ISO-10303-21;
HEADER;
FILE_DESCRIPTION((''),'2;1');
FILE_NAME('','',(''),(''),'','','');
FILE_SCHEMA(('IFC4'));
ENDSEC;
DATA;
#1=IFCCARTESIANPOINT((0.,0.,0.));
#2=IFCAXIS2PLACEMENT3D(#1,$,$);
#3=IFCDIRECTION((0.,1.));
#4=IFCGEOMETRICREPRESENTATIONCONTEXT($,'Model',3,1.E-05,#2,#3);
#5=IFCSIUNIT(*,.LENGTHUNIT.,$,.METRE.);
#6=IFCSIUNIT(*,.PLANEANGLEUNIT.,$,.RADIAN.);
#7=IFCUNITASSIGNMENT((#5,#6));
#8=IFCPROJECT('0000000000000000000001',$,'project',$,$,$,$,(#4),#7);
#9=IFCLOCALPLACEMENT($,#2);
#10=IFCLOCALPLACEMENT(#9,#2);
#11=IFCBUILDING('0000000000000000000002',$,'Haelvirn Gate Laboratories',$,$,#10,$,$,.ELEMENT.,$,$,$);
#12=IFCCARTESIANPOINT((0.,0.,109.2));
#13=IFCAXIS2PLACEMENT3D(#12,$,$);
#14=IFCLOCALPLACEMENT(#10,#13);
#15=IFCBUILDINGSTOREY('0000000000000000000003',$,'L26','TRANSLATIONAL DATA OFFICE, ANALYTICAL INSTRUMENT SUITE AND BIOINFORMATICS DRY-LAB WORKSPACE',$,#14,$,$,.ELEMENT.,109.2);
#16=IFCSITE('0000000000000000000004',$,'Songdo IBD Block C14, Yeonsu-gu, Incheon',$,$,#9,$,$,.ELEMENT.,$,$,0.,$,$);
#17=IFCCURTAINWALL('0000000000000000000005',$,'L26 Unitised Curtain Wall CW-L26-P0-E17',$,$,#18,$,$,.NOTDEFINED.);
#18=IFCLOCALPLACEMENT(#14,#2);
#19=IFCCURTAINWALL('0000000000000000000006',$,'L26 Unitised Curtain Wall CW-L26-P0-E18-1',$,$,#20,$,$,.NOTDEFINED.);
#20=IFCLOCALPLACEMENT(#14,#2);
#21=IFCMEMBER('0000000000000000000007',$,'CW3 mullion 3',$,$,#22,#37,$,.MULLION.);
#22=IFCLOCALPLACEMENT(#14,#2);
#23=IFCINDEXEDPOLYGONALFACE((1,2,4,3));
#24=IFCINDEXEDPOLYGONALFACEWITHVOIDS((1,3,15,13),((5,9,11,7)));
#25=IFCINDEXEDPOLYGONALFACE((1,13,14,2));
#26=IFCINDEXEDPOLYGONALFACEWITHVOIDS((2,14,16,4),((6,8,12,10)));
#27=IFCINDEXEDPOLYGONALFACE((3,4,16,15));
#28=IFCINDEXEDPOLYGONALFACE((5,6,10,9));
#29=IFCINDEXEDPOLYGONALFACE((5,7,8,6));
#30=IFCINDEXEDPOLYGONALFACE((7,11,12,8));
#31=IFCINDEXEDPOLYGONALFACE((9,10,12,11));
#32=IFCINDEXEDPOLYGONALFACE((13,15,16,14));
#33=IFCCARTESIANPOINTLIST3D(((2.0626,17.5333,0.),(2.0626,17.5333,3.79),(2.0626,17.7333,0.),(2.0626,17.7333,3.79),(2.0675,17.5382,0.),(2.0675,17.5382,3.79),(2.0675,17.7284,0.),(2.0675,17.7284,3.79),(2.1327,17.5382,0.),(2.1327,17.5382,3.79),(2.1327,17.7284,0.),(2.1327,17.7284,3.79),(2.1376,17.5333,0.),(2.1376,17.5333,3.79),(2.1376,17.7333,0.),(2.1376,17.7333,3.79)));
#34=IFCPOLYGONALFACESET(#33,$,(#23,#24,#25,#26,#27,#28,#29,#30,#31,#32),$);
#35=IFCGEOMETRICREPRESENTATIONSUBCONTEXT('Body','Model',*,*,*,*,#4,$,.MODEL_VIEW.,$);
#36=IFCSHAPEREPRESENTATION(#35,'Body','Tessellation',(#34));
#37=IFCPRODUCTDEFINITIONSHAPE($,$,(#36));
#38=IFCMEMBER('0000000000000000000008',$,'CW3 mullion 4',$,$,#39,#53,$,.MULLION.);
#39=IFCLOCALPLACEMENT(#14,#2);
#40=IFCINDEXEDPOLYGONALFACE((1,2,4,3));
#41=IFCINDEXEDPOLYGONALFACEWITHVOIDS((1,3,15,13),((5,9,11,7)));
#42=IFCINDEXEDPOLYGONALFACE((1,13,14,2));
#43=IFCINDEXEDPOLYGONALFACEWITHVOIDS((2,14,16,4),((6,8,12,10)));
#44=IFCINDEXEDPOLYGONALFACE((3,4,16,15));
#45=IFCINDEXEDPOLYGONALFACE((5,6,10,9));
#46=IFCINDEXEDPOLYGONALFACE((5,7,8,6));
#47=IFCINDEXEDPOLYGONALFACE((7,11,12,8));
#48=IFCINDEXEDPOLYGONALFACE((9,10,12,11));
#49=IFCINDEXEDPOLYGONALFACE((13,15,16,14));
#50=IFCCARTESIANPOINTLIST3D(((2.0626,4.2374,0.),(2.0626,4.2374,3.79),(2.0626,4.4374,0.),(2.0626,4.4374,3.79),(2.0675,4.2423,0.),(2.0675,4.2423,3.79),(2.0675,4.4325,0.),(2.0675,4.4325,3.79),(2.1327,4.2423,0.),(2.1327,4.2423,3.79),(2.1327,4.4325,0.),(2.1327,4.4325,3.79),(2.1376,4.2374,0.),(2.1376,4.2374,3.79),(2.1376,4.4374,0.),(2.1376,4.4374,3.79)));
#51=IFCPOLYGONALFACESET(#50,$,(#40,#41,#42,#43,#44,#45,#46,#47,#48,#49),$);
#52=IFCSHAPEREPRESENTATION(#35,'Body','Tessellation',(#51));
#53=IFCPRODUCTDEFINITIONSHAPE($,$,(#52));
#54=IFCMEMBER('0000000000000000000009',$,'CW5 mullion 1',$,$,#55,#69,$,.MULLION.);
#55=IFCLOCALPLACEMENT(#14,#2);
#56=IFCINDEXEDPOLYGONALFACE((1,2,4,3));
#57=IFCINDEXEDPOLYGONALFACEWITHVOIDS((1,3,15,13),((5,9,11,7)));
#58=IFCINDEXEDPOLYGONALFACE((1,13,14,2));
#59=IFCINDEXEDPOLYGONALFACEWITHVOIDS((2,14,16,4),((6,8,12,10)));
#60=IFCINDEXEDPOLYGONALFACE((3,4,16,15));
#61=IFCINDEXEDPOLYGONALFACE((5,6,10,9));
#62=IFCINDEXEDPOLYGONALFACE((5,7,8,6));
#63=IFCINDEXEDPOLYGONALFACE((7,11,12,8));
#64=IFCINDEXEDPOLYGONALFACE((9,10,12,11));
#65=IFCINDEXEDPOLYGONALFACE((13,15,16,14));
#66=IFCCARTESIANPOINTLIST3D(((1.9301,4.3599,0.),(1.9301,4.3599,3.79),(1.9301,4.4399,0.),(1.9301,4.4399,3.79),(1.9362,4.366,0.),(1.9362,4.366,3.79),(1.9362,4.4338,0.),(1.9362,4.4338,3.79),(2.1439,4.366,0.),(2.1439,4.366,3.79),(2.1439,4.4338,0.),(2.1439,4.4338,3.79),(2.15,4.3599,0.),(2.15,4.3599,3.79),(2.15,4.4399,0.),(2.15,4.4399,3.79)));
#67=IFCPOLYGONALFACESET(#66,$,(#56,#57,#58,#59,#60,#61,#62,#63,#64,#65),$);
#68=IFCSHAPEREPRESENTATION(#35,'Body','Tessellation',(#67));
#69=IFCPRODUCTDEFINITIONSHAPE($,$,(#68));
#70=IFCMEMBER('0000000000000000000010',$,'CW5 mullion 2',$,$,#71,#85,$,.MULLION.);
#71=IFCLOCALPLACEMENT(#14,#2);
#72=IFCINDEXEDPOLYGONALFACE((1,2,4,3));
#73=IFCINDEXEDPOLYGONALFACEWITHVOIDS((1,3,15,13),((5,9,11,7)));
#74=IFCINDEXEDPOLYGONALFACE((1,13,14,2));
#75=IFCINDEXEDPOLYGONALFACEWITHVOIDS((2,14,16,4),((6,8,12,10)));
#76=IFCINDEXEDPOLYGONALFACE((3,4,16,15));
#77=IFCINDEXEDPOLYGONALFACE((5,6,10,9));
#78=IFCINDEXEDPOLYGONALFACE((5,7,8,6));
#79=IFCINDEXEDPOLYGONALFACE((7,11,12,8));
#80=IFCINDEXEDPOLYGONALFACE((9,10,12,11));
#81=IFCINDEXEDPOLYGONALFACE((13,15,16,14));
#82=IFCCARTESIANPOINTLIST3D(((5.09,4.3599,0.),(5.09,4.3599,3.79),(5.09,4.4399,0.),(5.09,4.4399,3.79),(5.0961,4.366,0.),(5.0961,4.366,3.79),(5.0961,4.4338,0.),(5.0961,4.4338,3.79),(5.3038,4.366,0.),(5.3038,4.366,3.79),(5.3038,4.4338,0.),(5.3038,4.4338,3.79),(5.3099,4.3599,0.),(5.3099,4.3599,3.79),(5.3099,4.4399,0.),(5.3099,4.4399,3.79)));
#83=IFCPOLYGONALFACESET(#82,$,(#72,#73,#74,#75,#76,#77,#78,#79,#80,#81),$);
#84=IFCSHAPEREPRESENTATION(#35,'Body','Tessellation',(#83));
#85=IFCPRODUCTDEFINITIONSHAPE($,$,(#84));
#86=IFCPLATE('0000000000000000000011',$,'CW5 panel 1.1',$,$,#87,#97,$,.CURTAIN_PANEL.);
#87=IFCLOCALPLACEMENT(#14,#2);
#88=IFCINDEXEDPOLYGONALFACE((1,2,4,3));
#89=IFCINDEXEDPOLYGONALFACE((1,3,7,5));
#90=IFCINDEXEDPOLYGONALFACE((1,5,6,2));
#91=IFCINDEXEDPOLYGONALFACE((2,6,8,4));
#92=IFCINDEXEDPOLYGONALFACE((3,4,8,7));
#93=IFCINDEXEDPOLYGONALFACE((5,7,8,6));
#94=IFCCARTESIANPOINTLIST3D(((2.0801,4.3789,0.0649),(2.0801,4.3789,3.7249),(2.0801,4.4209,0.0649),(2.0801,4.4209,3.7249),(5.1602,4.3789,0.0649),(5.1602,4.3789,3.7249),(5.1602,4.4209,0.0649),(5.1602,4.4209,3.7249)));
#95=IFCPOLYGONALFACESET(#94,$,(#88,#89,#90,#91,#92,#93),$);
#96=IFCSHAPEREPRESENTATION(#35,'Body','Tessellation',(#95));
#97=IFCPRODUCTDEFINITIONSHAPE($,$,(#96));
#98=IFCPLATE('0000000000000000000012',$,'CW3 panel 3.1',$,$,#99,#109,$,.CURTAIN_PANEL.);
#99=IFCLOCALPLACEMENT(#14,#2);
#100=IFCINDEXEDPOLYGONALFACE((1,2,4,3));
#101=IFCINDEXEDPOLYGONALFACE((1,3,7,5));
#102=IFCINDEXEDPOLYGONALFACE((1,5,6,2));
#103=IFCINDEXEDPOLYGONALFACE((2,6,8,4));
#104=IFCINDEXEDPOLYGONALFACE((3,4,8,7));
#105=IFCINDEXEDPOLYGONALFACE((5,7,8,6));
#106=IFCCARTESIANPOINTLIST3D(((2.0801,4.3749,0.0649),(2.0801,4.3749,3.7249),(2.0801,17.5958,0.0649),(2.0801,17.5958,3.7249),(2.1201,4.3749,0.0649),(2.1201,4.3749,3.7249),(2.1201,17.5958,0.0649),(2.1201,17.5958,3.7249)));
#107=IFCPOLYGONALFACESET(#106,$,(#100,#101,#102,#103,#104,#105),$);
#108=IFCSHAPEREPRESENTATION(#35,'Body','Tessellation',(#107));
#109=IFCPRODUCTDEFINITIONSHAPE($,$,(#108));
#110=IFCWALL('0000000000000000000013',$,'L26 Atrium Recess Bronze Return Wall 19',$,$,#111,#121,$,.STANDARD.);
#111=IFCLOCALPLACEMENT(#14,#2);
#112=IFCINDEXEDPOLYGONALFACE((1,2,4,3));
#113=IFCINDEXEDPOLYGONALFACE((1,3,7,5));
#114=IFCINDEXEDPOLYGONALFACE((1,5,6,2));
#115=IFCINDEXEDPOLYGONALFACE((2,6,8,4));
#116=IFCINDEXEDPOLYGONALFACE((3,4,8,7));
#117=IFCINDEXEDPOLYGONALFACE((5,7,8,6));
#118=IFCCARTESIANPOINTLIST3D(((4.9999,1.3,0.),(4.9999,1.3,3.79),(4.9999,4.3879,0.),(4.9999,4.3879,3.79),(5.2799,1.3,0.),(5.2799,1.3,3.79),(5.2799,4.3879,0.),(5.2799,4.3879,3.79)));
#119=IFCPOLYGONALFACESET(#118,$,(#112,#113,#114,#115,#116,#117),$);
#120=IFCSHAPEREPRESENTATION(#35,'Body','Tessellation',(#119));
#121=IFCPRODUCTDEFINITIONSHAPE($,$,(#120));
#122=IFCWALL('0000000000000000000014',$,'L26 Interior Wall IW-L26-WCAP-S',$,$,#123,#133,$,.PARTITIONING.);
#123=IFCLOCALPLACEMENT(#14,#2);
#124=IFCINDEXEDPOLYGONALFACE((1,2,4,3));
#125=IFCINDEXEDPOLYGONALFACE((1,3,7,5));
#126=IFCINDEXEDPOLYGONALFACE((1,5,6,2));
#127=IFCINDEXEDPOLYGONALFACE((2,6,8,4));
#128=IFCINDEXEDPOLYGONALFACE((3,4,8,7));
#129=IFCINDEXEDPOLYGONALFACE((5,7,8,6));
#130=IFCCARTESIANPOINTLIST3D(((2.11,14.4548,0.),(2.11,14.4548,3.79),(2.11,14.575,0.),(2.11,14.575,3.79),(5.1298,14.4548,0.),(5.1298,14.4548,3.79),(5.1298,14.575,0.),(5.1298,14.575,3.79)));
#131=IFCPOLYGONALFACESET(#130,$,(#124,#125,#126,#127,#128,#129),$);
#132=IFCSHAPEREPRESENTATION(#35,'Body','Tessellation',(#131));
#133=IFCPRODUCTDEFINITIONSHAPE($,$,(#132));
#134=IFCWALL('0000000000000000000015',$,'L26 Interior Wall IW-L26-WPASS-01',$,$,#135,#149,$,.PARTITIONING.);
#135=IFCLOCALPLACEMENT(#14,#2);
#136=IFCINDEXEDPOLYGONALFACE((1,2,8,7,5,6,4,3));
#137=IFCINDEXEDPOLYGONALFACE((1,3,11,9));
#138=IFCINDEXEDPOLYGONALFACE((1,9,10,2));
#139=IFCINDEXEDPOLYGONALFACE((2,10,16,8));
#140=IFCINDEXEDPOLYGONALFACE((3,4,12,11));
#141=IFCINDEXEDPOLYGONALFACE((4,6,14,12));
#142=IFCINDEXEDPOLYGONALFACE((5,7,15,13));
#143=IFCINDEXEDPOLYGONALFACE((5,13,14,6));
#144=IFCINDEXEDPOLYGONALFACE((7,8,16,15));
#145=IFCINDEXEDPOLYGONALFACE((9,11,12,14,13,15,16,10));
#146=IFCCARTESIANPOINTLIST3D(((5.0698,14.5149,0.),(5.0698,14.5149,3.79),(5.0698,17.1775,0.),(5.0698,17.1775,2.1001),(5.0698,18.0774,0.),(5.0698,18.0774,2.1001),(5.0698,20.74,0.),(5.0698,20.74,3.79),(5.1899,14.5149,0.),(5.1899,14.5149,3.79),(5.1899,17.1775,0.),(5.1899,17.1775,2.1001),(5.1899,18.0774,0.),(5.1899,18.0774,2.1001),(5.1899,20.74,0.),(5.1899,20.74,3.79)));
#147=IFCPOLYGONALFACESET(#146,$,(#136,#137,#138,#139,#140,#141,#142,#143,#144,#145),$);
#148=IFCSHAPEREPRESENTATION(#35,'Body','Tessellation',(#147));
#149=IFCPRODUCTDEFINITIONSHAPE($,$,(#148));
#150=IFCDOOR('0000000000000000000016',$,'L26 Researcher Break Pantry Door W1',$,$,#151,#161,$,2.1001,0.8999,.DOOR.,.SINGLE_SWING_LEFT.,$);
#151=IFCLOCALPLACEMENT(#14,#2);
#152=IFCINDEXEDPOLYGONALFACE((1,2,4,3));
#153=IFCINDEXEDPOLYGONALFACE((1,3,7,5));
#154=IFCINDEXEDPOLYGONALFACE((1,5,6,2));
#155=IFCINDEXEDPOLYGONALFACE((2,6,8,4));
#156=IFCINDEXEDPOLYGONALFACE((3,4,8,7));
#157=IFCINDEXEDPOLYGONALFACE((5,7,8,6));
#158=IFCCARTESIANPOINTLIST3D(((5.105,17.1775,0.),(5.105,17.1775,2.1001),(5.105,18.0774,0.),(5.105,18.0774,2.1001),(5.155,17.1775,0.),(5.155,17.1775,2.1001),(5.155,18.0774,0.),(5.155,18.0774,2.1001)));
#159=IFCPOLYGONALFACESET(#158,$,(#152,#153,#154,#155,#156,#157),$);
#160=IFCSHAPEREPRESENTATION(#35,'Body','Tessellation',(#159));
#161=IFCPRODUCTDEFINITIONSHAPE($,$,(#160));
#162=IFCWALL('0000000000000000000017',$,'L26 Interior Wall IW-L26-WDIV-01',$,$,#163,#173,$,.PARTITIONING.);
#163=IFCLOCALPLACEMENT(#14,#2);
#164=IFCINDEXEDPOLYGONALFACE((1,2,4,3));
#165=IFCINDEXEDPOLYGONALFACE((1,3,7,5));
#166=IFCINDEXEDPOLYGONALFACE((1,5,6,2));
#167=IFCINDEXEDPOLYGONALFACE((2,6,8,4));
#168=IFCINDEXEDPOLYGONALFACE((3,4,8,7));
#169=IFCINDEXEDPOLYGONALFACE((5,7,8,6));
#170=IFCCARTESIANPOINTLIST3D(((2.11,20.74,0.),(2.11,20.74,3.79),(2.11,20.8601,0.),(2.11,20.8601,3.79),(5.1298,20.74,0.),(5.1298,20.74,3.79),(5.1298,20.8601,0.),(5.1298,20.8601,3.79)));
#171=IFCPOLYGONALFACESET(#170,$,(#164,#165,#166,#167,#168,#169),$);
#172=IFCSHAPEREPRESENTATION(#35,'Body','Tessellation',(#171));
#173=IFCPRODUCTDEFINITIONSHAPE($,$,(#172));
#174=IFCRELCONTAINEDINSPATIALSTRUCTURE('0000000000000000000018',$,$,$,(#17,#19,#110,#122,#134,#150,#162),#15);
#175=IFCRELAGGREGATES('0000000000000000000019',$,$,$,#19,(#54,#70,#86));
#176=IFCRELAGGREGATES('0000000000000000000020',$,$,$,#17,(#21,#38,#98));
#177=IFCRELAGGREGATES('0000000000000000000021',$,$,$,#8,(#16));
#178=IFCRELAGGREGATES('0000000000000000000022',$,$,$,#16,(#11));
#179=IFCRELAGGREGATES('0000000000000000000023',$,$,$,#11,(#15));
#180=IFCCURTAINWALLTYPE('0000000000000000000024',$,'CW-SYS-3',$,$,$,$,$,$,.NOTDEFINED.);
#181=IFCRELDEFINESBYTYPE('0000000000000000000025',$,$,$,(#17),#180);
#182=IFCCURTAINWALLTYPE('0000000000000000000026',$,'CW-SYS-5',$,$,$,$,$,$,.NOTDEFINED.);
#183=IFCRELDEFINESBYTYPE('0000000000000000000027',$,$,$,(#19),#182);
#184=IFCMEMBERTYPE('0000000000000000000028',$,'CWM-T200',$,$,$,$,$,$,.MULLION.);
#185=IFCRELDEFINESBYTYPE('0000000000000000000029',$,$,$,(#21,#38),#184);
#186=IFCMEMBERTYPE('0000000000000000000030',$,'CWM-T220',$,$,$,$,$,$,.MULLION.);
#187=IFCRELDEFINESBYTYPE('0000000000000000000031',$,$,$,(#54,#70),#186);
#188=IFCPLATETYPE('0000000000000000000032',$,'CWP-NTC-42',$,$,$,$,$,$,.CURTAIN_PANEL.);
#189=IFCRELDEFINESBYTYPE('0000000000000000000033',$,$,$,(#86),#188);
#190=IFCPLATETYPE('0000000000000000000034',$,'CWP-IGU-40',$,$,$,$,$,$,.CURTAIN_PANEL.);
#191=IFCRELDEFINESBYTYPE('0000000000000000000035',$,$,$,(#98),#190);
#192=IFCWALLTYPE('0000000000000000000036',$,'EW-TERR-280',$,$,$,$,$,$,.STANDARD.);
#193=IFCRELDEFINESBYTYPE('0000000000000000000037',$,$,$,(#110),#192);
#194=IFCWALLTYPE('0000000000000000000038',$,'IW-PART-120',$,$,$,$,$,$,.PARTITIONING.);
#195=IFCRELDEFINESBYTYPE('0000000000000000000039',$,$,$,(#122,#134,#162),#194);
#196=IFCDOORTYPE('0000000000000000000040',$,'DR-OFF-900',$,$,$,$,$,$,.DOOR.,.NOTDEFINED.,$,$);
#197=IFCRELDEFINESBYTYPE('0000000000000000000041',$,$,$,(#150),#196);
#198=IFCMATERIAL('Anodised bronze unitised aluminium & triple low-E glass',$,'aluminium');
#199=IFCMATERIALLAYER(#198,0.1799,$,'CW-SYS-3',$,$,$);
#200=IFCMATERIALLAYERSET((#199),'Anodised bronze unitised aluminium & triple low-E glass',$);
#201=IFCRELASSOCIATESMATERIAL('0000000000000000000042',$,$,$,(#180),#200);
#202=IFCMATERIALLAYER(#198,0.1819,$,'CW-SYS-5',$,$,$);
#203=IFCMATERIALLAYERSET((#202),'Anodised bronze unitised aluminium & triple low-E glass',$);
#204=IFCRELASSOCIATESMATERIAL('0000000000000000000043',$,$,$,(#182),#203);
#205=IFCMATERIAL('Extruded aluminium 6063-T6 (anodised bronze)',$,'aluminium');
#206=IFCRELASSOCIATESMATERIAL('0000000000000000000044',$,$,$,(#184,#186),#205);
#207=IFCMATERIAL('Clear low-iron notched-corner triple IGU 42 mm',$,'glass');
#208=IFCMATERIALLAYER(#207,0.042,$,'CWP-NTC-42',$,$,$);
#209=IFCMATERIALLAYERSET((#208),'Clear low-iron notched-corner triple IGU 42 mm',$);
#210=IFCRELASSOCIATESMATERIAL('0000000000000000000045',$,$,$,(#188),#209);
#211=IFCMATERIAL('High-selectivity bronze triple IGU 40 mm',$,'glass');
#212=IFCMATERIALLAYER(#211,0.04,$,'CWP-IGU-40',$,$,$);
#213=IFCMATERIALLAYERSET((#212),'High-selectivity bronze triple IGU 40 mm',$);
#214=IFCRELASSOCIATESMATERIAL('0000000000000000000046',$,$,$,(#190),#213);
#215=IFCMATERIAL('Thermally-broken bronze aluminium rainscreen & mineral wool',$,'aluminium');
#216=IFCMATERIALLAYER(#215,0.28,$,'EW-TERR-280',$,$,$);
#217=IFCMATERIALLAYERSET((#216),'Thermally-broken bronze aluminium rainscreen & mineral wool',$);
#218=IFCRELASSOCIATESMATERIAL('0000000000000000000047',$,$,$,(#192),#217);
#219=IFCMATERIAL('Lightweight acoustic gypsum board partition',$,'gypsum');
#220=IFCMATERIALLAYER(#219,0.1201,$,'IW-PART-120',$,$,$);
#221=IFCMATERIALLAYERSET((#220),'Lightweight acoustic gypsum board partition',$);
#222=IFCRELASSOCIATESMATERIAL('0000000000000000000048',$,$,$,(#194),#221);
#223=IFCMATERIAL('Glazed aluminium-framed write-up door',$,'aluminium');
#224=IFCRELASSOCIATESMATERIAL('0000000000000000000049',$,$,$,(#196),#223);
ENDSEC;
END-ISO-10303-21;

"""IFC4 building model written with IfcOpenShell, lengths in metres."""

from ifc_helpers import new_model, si_unit, direction, frame, frame_2d, origin, origin_2d, place, context, subcontext, project, spatial, rectangle, hollow_rectangle, extrude, source, transform, mapped, material, layer, layer_set, material_profile, profile_set, type_object, type_shapes, element, fill, aggregate, save


model = new_model("IFC4")

# Units and contexts
model_context = context("Model", 3, precision=1e-05, world=origin(), true_north=direction((0.0, 1.0)))
body_context = subcontext(model_context, "Body", "Model", "MODEL_VIEW")
ifc_project = project(units=[si_unit("LENGTHUNIT", "METRE"), si_unit("PLANEANGLEUNIT", "RADIAN")], contexts=[model_context])

# Site, building, storey
site_placement = place(None, origin())
site = spatial("IfcSite", under=ifc_project, at=site_placement, Name="Songdo IBD Block C14, Yeonsu-gu, Incheon", CompositionType="ELEMENT", RefElevation=0.0)
building_placement = place(site_placement, origin())
building = spatial("IfcBuilding", under=site, at=building_placement, Name="Haelvirn Gate Laboratories", CompositionType="ELEMENT")
storey_placement = place(building_placement, frame((0.0, 0.0, 109.2)))
storey = spatial("IfcBuildingStorey", under=building, at=storey_placement, Name="L26", Description="TRANSLATIONAL DATA OFFICE, ANALYTICAL INSTRUMENT SUITE AND BIOINFORMATICS DRY-LAB WORKSPACE", CompositionType="ELEMENT", Elevation=109.2)

# Curtain walls
ifc_material_1 = material(Name="Anodised bronze unitised aluminium & triple low-E glass", Category="aluminium")
ifc_layer_1 = layer(ifc_material_1, 0.1799, Name="CW-SYS-3")
ifc_layer_set_1 = layer_set([ifc_layer_1], Name="Anodised bronze unitised aluminium & triple low-E glass")
curtain_wall_type_1 = type_object("IfcCurtainWallType", Name="CW-SYS-3", PredefinedType="NOTDEFINED", material=ifc_layer_set_1)
curtain_wall_1_placement = place(storey_placement, origin())
curtain_wall_1 = element("IfcCurtainWall", 1, at=curtain_wall_1_placement, inside=storey, type_object=curtain_wall_type_1, Name="L26 Unitised Curtain Wall CW-L26-P0-E17", PredefinedType="NOTDEFINED")
ifc_material_2 = material(Name="Extruded aluminium 6063-T6 (anodised bronze)", Category="aluminium")
ifc_layer_2 = layer(ifc_material_1, 0.1819, Name="CW-SYS-5")
ifc_layer_set_2 = layer_set([ifc_layer_2], Name="Anodised bronze unitised aluminium & triple low-E glass")
curtain_wall_type_2 = type_object("IfcCurtainWallType", Name="CW-SYS-5", PredefinedType="NOTDEFINED", material=ifc_layer_set_2)
curtain_wall_2_placement = place(storey_placement, origin())
curtain_wall_2 = element("IfcCurtainWall", 2, at=curtain_wall_2_placement, inside=storey, type_object=curtain_wall_type_2, Name="L26 Unitised Curtain Wall CW-L26-P0-E18-1", PredefinedType="NOTDEFINED")

# Members
ifc_material_profile_1 = material_profile(ifc_material_2, hollow_rectangle(XDim=0.075, YDim=0.2, WallThickness=0.0049, at=origin_2d()), Name="CWM-200x75x5")
ifc_profile_set_1 = profile_set([ifc_material_profile_1], Name="Extruded aluminium 6063-T6 (anodised bronze)")
member_type_1 = type_object("IfcMemberType", Name="CWM-T200", PredefinedType="MULLION", material=ifc_profile_set_1)
shared_shape_1 = source(origin(), body_context, "Body", "SweptSolid", [
    extrude(hollow_rectangle(XDim=0.075, YDim=0.2, WallThickness=0.0049, at=origin_2d()), origin(), (0.0, 0.0, 1.0), 3.79),
])
type_shapes(member_type_1, [shared_shape_1])
member_1_placement = place(storey_placement, frame((2.1001, 17.6333, 0.0), z_axis=(0.0, 0.0, 1.0), x_axis=(1.0, 0.0, 0.0)))
member_1 = element("IfcMember", 3, at=member_1_placement, type_object=member_type_1, Name="CW3 mullion 3", PredefinedType="MULLION", context=body_context, shape_type="MappedRepresentation", body=[
    mapped(shared_shape_1, transform((0.0, 0.0, 0.0), scale=1.0)),
])
member_2_placement = place(storey_placement, frame((2.1001, 4.3374, 0.0), z_axis=(0.0, 0.0, 1.0), x_axis=(1.0, 0.0, 0.0)))
member_2 = element("IfcMember", 4, at=member_2_placement, type_object=member_type_1, Name="CW3 mullion 4", PredefinedType="MULLION", context=body_context, shape_type="MappedRepresentation", body=[
    mapped(shared_shape_1, transform((0.0, 0.0, 0.0), scale=1.0)),
])
ifc_material_profile_2 = material_profile(ifc_material_2, hollow_rectangle(XDim=0.0801, YDim=0.22, WallThickness=0.0061, at=origin_2d()), Name="CWM-220x80x6")
ifc_profile_set_2 = profile_set([ifc_material_profile_2], Name="Extruded aluminium 6063-T6 (anodised bronze)")
member_type_2 = type_object("IfcMemberType", Name="CWM-T220", PredefinedType="MULLION", material=ifc_profile_set_2)
shared_shape_2 = source(origin(), body_context, "Body", "SweptSolid", [
    extrude(hollow_rectangle(XDim=0.0801, YDim=0.22, WallThickness=0.0061, at=origin_2d()), origin(), (0.0, 0.0, 1.0), 3.79),
])
type_shapes(member_type_2, [shared_shape_2])
member_3_placement = place(storey_placement, frame((2.04, 4.3999, 0.0), z_axis=(0.0, 0.0, 1.0), x_axis=(0.0, 1.0, 0.0)))
member_3 = element("IfcMember", 5, at=member_3_placement, type_object=member_type_2, Name="CW5 mullion 1", PredefinedType="MULLION", context=body_context, shape_type="MappedRepresentation", body=[
    mapped(shared_shape_2, transform((0.0, 0.0, 0.0), scale=1.0)),
])
member_4_placement = place(storey_placement, frame((5.2, 4.3999, 0.0), z_axis=(0.0, 0.0, 1.0), x_axis=(0.0, 1.0, 0.0)))
member_4 = element("IfcMember", 6, at=member_4_placement, type_object=member_type_2, Name="CW5 mullion 2", PredefinedType="MULLION", context=body_context, shape_type="MappedRepresentation", body=[
    mapped(shared_shape_2, transform((0.0, 0.0, 0.0), scale=1.0)),
])

# Plates
ifc_material_3 = material(Name="Clear low-iron notched-corner triple IGU 42 mm", Category="glass")
ifc_layer_3 = layer(ifc_material_3, 0.042, Name="CWP-NTC-42")
ifc_layer_set_3 = layer_set([ifc_layer_3], Name="Clear low-iron notched-corner triple IGU 42 mm")
plate_type_1 = type_object("IfcPlateType", Name="CWP-NTC-42", PredefinedType="CURTAIN_PANEL", material=ifc_layer_set_3)
shared_shape_3 = source(origin(), body_context, "Body", "SweptSolid", [
    extrude(rectangle(XDim=3.0801, YDim=0.042, at=origin_2d()), origin(), (0.0, 0.0, 1.0), 3.6599),
])
type_shapes(plate_type_1, [shared_shape_3])
plate_1_placement = place(storey_placement, frame((3.6201, 4.3999, 0.0649), z_axis=(0.0, 0.0, 1.0), x_axis=(1.0, 0.0, 0.0)))
plate_1 = element("IfcPlate", 7, at=plate_1_placement, type_object=plate_type_1, Name="CW5 panel 1.1", PredefinedType="CURTAIN_PANEL", context=body_context, shape_type="MappedRepresentation", body=[
    mapped(shared_shape_3, transform((0.0, 0.0, 0.0), scale=1.0)),
])
aggregate(curtain_wall_2, [member_3, member_4, plate_1])
ifc_material_4 = material(Name="High-selectivity bronze triple IGU 40 mm", Category="glass")
ifc_layer_4 = layer(ifc_material_4, 0.04, Name="CWP-IGU-40")
ifc_layer_set_4 = layer_set([ifc_layer_4], Name="High-selectivity bronze triple IGU 40 mm")
plate_type_2 = type_object("IfcPlateType", Name="CWP-IGU-40", PredefinedType="CURTAIN_PANEL", material=ifc_layer_set_4)
shared_shape_4 = source(origin(), body_context, "Body", "SweptSolid", [
    extrude(rectangle(XDim=13.2209, YDim=0.04, at=origin_2d()), origin(), (0.0, 0.0, 1.0), 3.6599),
])
type_shapes(plate_type_2, [shared_shape_4])
plate_2_placement = place(storey_placement, frame((2.1001, 10.9854, 0.0649), z_axis=(0.0, 0.0, 1.0), x_axis=(0.0, -1.0, 0.0)))
plate_2 = element("IfcPlate", 8, at=plate_2_placement, type_object=plate_type_2, Name="CW3 panel 3.1", PredefinedType="CURTAIN_PANEL", context=body_context, shape_type="MappedRepresentation", body=[
    mapped(shared_shape_4, transform((0.0, 0.0, 0.0), scale=1.0)),
])
aggregate(curtain_wall_1, [member_1, member_2, plate_2])

# Walls
ifc_material_5 = material(Name="Thermally-broken bronze aluminium rainscreen & mineral wool", Category="aluminium")
ifc_layer_5 = layer(ifc_material_5, 0.28, Name="EW-TERR-280")
ifc_layer_set_5 = layer_set([ifc_layer_5], Name="Thermally-broken bronze aluminium rainscreen & mineral wool")
wall_type_1 = type_object("IfcWallType", Name="EW-TERR-280", PredefinedType="STANDARD", material=ifc_layer_set_5)
wall_1_placement = place(storey_placement, frame((5.1399, 4.3879, 0.0), z_axis=(0.0, 0.0, 1.0), x_axis=(0.0, -1.0, 0.0)))
element("IfcWall", 9, at=wall_1_placement, inside=storey, type_object=wall_type_1, Name="L26 Atrium Recess Bronze Return Wall 19", PredefinedType="STANDARD", context=body_context, shape_type="SweptSolid", body=[
    extrude(rectangle(XDim=3.0879, YDim=0.28, at=frame_2d((1.5439, 0.0))), origin(), (0.0, 0.0, 1.0), 3.79),
])
ifc_material_6 = material(Name="Lightweight acoustic gypsum board partition", Category="gypsum")
ifc_layer_6 = layer(ifc_material_6, 0.1201, Name="IW-PART-120")
ifc_layer_set_6 = layer_set([ifc_layer_6], Name="Lightweight acoustic gypsum board partition")
wall_type_2 = type_object("IfcWallType", Name="IW-PART-120", PredefinedType="PARTITIONING", material=ifc_layer_set_6)
wall_2_placement = place(storey_placement, frame((2.1101, 14.5149, 0.0), z_axis=(0.0, 0.0, 1.0), x_axis=(1.0, 0.0, 0.0)))
element("IfcWall", 10, at=wall_2_placement, inside=storey, type_object=wall_type_2, Name="L26 Interior Wall IW-L26-WCAP-S", PredefinedType="PARTITIONING", context=body_context, shape_type="SweptSolid", body=[
    extrude(rectangle(XDim=3.0198, YDim=0.1201, at=frame_2d((1.5098, 0.0))), origin(), (0.0, 0.0, 1.0), 3.79),
])

# Wall, opening, door
wall_3_placement = place(storey_placement, frame((5.1299, 14.5149, 0.0), z_axis=(0.0, 0.0, 1.0), x_axis=(0.0, 1.0, 0.0)))
wall_3 = element("IfcWall", 11, at=wall_3_placement, inside=storey, type_object=wall_type_2, Name="L26 Interior Wall IW-L26-WPASS-01", PredefinedType="PARTITIONING", context=body_context, shape_type="SweptSolid", body=[
    extrude(rectangle(XDim=6.2251, YDim=0.1201, at=frame_2d((3.1125, 0.0))), origin(), (0.0, 0.0, 1.0), 3.79),
])
opening_1_placement = place(wall_3_placement, frame((2.6626, 0.0, 0.0)))
opening_1 = element("IfcOpeningElement", 12, at=opening_1_placement, cuts=wall_3, PredefinedType="OPENING", context=body_context, shape_type="SweptSolid", body=[
    extrude(rectangle(XDim=0.8999, YDim=2.1001, at=frame_2d((0.45, 1.05))), frame((0.0, 0.0701, 0.0), z_axis=(0.0, -1.0, 0.0), x_axis=(1.0, 0.0, 0.0)), (0.0, 0.0, 1.0), 0.1401),
])
ifc_material_7 = material(Name="Glazed aluminium-framed write-up door", Category="aluminium")
door_type_1 = type_object("IfcDoorType", Name="DR-OFF-900", OperationType="NOTDEFINED", PredefinedType="DOOR", material=ifc_material_7)
shared_shape_5 = source(origin(), body_context, "Body", "SweptSolid", [
    extrude(rectangle(XDim=0.8999, YDim=2.1001, at=frame_2d((0.45, 1.05))), frame((0.0, 0.0249, 0.0), z_axis=(0.0, -1.0, 0.0), x_axis=(1.0, 0.0, 0.0)), (0.0, 0.0, 1.0), 0.05),
])
type_shapes(door_type_1, [shared_shape_5])
door_1_placement = place(opening_1_placement, origin())
door_1 = element("IfcDoor", 13, at=door_1_placement, inside=storey, type_object=door_type_1, Name="L26 Researcher Break Pantry Door W1", OperationType="SINGLE_SWING_LEFT", OverallHeight=2.1001, OverallWidth=0.8999, PredefinedType="DOOR", context=body_context, shape_type="MappedRepresentation", body=[
    mapped(shared_shape_5, transform((0.0, 0.0, 0.0), scale=1.0)),
])
fill(opening_1, door_1)

# Wall
wall_4_placement = place(storey_placement, frame((2.1101, 20.8, 0.0), z_axis=(0.0, 0.0, 1.0), x_axis=(1.0, 0.0, 0.0)))
element("IfcWall", 14, at=wall_4_placement, inside=storey, type_object=wall_type_2, Name="L26 Interior Wall IW-L26-WDIV-01", PredefinedType="PARTITIONING", context=body_context, shape_type="SweptSolid", body=[
    extrude(rectangle(XDim=3.0198, YDim=0.1201, at=frame_2d((1.5098, 0.0))), origin(), (0.0, 0.0, 1.0), 3.79),
])

save(model, "model.ifc")
